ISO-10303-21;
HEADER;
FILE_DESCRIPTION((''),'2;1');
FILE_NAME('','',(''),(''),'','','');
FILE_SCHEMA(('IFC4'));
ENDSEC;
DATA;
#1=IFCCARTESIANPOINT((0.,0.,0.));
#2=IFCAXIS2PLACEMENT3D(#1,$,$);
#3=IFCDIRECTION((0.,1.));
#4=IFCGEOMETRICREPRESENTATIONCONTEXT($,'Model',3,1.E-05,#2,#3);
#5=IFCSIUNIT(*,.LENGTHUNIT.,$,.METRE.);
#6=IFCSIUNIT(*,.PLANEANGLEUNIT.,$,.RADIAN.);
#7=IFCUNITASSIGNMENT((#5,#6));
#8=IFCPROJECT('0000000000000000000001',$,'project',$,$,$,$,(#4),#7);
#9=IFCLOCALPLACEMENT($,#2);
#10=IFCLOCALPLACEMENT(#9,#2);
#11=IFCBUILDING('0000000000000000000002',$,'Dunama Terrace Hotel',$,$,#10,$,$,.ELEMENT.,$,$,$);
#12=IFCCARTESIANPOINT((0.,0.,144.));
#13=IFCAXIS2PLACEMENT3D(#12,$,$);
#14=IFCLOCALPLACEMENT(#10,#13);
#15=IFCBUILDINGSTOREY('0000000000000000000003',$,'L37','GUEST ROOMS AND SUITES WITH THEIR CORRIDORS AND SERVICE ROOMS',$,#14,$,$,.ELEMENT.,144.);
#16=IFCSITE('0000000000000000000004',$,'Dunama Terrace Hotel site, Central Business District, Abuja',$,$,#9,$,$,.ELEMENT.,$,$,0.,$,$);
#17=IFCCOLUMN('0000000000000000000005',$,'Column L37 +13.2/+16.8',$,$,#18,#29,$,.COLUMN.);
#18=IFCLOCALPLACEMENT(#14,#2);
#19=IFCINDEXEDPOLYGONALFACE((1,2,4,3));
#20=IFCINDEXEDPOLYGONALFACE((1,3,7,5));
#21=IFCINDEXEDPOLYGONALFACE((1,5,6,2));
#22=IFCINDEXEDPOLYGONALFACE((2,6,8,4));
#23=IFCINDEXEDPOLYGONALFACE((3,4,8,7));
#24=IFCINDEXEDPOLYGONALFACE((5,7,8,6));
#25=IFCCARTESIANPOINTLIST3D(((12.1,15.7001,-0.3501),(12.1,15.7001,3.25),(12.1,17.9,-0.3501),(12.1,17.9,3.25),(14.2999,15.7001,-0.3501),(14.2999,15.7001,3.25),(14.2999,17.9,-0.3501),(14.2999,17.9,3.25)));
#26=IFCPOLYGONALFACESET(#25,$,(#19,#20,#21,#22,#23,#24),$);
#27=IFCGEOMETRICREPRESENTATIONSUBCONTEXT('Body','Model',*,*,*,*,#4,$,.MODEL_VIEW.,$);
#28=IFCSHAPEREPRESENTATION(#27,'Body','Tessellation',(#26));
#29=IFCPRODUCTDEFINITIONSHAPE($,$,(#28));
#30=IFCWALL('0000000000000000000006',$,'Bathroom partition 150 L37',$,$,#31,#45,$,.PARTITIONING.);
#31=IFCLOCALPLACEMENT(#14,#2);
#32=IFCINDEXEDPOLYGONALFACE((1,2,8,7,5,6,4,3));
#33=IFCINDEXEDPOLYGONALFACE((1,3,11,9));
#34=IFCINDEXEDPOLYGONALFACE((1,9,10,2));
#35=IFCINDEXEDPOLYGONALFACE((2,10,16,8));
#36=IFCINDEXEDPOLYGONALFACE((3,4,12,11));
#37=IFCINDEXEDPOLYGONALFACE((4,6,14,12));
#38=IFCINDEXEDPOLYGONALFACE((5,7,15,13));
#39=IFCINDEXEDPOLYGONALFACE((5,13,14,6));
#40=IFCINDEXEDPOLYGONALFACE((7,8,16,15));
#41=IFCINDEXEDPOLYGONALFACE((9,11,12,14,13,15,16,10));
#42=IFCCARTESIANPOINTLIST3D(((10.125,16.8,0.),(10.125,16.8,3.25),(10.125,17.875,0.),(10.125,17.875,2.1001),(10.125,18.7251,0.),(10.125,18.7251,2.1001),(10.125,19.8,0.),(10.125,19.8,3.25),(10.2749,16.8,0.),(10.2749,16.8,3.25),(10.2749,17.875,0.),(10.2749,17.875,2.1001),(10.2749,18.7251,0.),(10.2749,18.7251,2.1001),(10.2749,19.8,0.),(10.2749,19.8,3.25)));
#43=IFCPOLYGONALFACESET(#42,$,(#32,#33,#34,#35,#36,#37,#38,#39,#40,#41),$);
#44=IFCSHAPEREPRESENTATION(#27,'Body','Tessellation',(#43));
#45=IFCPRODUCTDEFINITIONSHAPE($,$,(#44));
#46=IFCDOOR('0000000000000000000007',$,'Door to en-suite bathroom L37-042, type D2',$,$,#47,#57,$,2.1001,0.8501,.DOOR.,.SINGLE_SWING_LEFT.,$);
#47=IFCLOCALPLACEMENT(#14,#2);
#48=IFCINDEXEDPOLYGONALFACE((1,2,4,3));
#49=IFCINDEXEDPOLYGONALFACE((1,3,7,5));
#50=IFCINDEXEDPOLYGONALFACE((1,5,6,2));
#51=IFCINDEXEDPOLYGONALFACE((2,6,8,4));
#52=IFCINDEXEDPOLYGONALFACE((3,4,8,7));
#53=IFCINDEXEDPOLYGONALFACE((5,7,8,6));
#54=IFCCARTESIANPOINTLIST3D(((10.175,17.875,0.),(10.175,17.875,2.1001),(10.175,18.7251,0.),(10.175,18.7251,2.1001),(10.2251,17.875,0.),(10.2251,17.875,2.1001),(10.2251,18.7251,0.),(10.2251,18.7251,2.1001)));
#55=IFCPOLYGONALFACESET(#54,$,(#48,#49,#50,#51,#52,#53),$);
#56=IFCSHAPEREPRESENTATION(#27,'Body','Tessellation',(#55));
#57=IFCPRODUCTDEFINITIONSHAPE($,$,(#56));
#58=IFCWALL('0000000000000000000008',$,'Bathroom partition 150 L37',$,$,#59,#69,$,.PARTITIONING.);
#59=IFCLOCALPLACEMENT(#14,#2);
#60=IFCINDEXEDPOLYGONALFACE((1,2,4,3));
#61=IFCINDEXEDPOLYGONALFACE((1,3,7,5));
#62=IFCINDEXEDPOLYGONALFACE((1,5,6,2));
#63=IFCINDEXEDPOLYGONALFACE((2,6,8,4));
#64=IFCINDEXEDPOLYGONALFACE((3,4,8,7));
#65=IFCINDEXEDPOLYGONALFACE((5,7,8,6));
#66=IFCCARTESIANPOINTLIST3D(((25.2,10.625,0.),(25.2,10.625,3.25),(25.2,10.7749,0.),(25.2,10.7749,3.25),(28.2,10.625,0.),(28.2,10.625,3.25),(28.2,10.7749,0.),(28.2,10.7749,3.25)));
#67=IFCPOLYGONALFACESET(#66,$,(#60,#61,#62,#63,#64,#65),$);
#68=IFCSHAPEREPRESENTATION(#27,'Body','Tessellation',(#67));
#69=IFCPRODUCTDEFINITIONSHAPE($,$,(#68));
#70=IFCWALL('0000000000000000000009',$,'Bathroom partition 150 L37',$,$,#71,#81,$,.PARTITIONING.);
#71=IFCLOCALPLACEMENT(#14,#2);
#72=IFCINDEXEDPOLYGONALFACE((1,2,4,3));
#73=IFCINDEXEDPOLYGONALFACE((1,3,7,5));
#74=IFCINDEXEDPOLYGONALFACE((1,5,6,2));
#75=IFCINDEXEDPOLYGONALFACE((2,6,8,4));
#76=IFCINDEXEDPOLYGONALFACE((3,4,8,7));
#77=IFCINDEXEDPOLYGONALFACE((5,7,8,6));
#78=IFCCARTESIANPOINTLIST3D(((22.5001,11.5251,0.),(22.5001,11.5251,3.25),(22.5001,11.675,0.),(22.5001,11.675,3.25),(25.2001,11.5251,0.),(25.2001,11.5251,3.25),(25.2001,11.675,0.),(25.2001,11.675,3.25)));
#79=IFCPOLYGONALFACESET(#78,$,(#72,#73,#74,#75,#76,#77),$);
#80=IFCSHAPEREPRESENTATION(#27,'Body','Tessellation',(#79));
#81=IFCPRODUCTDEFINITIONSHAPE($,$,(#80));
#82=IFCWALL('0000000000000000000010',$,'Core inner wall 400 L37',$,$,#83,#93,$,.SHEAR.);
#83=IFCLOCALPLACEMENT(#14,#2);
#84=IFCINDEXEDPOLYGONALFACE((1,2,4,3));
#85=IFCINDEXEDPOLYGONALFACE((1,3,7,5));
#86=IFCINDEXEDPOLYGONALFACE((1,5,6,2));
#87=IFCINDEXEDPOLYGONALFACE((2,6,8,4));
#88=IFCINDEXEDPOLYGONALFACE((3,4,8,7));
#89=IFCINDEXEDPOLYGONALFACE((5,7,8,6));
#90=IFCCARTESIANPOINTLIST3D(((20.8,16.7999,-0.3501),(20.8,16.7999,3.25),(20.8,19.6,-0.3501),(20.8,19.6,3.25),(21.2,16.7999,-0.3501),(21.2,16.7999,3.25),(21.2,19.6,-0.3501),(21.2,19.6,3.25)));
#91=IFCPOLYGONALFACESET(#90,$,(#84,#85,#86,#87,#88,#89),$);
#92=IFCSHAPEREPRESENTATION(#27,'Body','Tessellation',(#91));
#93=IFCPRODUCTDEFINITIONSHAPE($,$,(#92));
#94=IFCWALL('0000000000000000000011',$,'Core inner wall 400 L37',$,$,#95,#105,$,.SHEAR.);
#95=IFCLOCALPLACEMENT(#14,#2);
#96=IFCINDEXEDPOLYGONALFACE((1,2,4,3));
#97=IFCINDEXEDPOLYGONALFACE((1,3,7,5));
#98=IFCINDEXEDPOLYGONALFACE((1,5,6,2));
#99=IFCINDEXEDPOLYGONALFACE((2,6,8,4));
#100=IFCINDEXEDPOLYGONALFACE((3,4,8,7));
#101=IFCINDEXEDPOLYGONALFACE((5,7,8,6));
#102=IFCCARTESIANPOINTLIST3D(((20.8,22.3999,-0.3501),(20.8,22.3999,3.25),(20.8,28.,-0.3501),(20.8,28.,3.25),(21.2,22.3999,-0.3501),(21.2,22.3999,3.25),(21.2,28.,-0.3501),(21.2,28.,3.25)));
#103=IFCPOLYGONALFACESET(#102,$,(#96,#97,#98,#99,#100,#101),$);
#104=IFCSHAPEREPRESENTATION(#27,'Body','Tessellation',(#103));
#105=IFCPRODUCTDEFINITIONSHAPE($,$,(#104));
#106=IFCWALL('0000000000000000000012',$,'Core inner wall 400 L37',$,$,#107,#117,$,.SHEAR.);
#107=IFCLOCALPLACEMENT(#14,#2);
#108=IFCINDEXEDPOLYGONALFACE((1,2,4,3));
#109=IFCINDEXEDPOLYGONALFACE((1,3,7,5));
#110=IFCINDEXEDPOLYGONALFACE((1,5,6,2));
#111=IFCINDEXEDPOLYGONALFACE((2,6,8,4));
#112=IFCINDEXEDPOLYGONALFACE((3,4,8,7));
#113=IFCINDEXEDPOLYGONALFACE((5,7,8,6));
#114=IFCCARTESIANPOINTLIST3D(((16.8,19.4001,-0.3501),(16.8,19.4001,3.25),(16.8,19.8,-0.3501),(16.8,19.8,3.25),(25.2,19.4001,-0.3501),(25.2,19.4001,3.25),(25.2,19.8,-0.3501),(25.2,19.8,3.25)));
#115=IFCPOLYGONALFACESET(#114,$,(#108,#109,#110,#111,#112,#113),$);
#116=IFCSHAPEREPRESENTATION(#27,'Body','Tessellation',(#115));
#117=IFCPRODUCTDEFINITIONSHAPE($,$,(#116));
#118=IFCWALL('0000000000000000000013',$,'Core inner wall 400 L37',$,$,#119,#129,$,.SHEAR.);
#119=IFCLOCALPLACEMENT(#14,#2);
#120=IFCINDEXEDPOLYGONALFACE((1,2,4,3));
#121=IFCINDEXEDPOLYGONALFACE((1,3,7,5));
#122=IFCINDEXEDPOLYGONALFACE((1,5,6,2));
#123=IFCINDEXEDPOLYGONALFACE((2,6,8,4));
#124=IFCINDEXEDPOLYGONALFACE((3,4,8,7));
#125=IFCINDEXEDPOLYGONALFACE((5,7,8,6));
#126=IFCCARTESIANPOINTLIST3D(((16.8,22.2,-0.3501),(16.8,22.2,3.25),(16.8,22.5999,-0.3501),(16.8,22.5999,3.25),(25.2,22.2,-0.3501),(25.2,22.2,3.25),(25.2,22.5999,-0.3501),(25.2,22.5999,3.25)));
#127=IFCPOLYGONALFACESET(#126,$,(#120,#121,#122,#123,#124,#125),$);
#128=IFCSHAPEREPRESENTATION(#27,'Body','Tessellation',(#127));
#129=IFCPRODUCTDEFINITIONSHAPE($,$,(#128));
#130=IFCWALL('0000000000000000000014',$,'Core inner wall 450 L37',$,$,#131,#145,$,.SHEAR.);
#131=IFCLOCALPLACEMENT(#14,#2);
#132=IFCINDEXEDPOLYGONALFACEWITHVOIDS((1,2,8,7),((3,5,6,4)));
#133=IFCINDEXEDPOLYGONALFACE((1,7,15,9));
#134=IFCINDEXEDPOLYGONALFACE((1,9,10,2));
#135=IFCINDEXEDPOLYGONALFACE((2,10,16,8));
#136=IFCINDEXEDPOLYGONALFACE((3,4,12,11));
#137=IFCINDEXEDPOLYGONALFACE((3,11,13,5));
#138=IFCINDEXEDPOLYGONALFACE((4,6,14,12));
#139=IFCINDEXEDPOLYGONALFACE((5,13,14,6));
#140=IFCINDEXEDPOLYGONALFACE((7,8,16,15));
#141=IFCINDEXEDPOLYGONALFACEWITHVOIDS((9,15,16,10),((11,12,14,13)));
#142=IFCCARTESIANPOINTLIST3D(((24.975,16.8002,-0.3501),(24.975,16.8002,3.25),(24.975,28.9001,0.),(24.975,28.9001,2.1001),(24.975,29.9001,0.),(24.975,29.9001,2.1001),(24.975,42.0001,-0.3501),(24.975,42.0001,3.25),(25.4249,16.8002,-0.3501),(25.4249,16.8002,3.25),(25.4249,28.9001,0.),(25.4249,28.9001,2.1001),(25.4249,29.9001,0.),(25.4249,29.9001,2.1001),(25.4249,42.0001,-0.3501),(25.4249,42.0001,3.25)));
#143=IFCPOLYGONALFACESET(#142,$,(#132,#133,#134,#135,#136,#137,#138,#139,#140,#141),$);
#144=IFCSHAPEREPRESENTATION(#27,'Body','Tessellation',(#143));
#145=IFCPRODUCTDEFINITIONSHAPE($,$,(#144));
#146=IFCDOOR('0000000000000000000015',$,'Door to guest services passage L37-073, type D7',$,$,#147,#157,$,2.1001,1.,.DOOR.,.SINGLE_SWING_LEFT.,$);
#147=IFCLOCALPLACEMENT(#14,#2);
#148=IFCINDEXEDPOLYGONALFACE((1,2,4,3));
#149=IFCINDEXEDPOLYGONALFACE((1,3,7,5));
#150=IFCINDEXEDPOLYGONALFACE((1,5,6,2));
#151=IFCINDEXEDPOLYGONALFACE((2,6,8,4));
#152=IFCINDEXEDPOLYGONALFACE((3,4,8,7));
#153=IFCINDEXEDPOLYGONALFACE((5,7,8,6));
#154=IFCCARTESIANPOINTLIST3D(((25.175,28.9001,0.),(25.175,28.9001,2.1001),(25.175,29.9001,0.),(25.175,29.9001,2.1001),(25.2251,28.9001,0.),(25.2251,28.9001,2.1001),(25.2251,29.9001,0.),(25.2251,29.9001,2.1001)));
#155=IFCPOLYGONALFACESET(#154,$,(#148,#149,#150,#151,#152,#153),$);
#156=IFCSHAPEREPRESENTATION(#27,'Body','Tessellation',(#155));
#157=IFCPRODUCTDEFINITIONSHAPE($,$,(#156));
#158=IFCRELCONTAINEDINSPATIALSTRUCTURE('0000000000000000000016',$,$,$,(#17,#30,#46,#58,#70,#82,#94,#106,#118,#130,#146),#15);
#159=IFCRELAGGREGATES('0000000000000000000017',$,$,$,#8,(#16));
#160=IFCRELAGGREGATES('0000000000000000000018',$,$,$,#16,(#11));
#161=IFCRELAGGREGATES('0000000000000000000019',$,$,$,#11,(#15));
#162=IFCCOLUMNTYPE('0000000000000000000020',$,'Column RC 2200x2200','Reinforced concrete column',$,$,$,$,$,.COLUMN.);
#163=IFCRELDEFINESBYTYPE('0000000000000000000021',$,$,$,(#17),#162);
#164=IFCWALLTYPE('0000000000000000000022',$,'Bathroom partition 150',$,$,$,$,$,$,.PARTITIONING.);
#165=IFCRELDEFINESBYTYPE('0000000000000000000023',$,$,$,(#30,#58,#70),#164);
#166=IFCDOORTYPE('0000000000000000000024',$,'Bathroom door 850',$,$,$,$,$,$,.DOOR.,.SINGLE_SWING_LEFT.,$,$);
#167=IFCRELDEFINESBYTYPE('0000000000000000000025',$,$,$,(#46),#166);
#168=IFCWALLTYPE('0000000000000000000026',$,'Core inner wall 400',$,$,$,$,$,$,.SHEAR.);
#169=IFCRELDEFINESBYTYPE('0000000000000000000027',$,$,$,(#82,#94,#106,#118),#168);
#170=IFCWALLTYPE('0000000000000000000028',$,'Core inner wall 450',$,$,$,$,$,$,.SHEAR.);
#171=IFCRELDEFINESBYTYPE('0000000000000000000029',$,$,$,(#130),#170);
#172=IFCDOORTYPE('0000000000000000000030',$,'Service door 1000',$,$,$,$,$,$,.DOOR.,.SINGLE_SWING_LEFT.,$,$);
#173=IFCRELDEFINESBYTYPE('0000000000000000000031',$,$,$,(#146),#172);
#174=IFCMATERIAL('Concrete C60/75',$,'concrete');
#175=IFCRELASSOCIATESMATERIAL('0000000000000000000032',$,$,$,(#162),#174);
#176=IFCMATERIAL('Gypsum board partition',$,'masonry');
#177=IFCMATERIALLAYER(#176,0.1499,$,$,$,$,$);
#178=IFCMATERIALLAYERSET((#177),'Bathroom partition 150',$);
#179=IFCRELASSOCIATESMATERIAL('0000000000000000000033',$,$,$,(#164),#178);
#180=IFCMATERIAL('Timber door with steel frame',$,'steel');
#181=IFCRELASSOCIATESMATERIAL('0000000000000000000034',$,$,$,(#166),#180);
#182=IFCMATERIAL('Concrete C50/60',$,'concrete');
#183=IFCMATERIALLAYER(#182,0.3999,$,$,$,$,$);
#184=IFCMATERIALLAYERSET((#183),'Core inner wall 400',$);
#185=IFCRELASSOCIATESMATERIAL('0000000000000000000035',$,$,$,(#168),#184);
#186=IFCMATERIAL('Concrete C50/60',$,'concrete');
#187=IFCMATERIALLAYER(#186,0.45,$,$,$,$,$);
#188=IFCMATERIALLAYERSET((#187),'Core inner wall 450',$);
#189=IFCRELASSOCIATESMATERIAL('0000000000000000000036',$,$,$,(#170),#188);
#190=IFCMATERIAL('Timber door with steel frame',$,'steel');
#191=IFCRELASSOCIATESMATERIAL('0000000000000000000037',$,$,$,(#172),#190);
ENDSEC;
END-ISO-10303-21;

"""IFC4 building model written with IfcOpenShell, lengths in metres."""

from ifc_helpers import new_model, si_unit, direction, frame, frame_2d, origin, origin_2d, place, context, subcontext, project, spatial, rectangle, extrude, material, layer, layer_set, material_profile, profile_set, type_object, element, fill, save


model = new_model("IFC4")

# Units and contexts
model_context = context("Model", 3, precision=1e-05, world=origin(), true_north=direction((0.0, 1.0)))
body_context = subcontext(model_context, "Body", "Model", "MODEL_VIEW")
ifc_project = project(units=[si_unit("LENGTHUNIT", "METRE"), si_unit("PLANEANGLEUNIT", "RADIAN")], contexts=[model_context])

# Site, building, storey
site_placement = place(None, origin())
site = spatial("IfcSite", under=ifc_project, at=site_placement, Name="Dunama Terrace Hotel site, Central Business District, Abuja", CompositionType="ELEMENT", RefElevation=0.0)
building_placement = place(site_placement, origin())
building = spatial("IfcBuilding", under=site, at=building_placement, Name="Dunama Terrace Hotel", CompositionType="ELEMENT")
storey_placement = place(building_placement, frame((0.0, 0.0, 144.0)))
storey = spatial("IfcBuildingStorey", under=building, at=storey_placement, Name="L37", Description="GUEST ROOMS AND SUITES WITH THEIR CORRIDORS AND SERVICE ROOMS", CompositionType="ELEMENT", Elevation=144.0)

# Column
ifc_material_1 = material(Name="Concrete C60/75", Category="concrete")
ifc_material_profile = material_profile(ifc_material_1, rectangle(XDim=2.2, YDim=2.2, at=origin_2d()), Name="RC 2200x2200")
ifc_profile_set = profile_set([ifc_material_profile], Name="Concrete C60/75")
column_type = type_object("IfcColumnType", Name="Column RC 2200x2200", Description="Reinforced concrete column", PredefinedType="COLUMN", material=ifc_profile_set)
column_placement = place(storey_placement, frame((13.2, 16.8, -0.3501), z_axis=(0.0, 0.0, 1.0), x_axis=(1.0, 0.0, 0.0)))
element("IfcColumn", 1, at=column_placement, inside=storey, type_object=column_type, Name="Column L37 +13.2/+16.8", PredefinedType="COLUMN", context=body_context, shape_type="SweptSolid", body=[
    extrude(rectangle(XDim=2.2, YDim=2.2, at=origin_2d()), origin(), (0.0, 0.0, 1.0), 3.6001),
])

# Wall, opening, door
ifc_material_2 = material(Name="Gypsum board partition", Category="masonry")
ifc_layer_1 = layer(ifc_material_2, 0.1499)
ifc_layer_set_1 = layer_set([ifc_layer_1], Name="Bathroom partition 150")
wall_type_1 = type_object("IfcWallType", Name="Bathroom partition 150", PredefinedType="PARTITIONING", material=ifc_layer_set_1)
wall_1_placement = place(storey_placement, frame((10.2, 16.8, 0.0), z_axis=(0.0, 0.0, 1.0), x_axis=(0.0, 1.0, 0.0)))
wall_1 = element("IfcWall", 2, at=wall_1_placement, inside=storey, type_object=wall_type_1, Name="Bathroom partition 150 L37", PredefinedType="PARTITIONING", context=body_context, shape_type="SweptSolid", body=[
    extrude(rectangle(XDim=3.0, YDim=0.1499, at=frame_2d((1.5, 0.0))), origin(), (0.0, 0.0, 1.0), 3.25),
])
opening_1_placement = place(wall_1_placement, frame((1.075, 0.0, 0.0)))
opening_1 = element("IfcOpeningElement", 3, at=opening_1_placement, cuts=wall_1, PredefinedType="OPENING", context=body_context, shape_type="SweptSolid", body=[
    extrude(rectangle(XDim=0.8501, YDim=2.1001, at=frame_2d((0.425, 1.05))), frame((0.0, 0.085, 0.0), z_axis=(0.0, -1.0, 0.0), x_axis=(1.0, 0.0, 0.0)), (0.0, 0.0, 1.0), 0.1699),
])
ifc_material_3 = material(Name="Timber door with steel frame", Category="steel")
door_type_1 = type_object("IfcDoorType", Name="Bathroom door 850", OperationType="SINGLE_SWING_LEFT", PredefinedType="DOOR", material=ifc_material_3)
door_1_placement = place(opening_1_placement, origin())
door_1 = element("IfcDoor", 4, at=door_1_placement, inside=storey, type_object=door_type_1, Name="Door to en-suite bathroom L37-042, type D2", OperationType="SINGLE_SWING_LEFT", OverallHeight=2.1001, OverallWidth=0.8501, PredefinedType="DOOR", context=body_context, shape_type="SweptSolid", body=[
    extrude(rectangle(XDim=0.8501, YDim=2.1001, at=frame_2d((0.425, 1.05))), frame((0.0, 0.0249, 0.0), z_axis=(0.0, -1.0, 0.0), x_axis=(1.0, 0.0, 0.0)), (0.0, 0.0, 1.0), 0.05),
])
fill(opening_1, door_1)

# Walls
wall_2_placement = place(storey_placement, frame((25.2, 10.7, 0.0), z_axis=(0.0, 0.0, 1.0), x_axis=(1.0, 0.0, 0.0)))
element("IfcWall", 5, at=wall_2_placement, inside=storey, type_object=wall_type_1, Name="Bathroom partition 150 L37", PredefinedType="PARTITIONING", context=body_context, shape_type="SweptSolid", body=[
    extrude(rectangle(XDim=3.0, YDim=0.1499, at=frame_2d((1.5, 0.0))), origin(), (0.0, 0.0, 1.0), 3.25),
])
wall_3_placement = place(storey_placement, frame((22.5, 11.6001, 0.0), z_axis=(0.0, 0.0, 1.0), x_axis=(1.0, 0.0, 0.0)))
element("IfcWall", 6, at=wall_3_placement, inside=storey, type_object=wall_type_1, Name="Bathroom partition 150 L37", PredefinedType="PARTITIONING", context=body_context, shape_type="SweptSolid", body=[
    extrude(rectangle(XDim=2.7, YDim=0.1499, at=frame_2d((1.3501, 0.0))), origin(), (0.0, 0.0, 1.0), 3.25),
])
ifc_material_4 = material(Name="Concrete C50/60", Category="concrete")
ifc_layer_2 = layer(ifc_material_4, 0.3999)
ifc_layer_set_2 = layer_set([ifc_layer_2], Name="Core inner wall 400")
wall_type_2 = type_object("IfcWallType", Name="Core inner wall 400", PredefinedType="SHEAR", material=ifc_layer_set_2)
wall_4_placement = place(storey_placement, frame((21.0, 16.8, -0.3501), z_axis=(0.0, 0.0, 1.0), x_axis=(0.0, 1.0, 0.0)))
element("IfcWall", 7, at=wall_4_placement, inside=storey, type_object=wall_type_2, Name="Core inner wall 400 L37", PredefinedType="SHEAR", context=body_context, shape_type="SweptSolid", body=[
    extrude(rectangle(XDim=2.8, YDim=0.3999, at=frame_2d((1.3999, 0.0))), origin(), (0.0, 0.0, 1.0), 3.6001),
])
wall_5_placement = place(storey_placement, frame((21.0, 22.3999, -0.3501), z_axis=(0.0, 0.0, 1.0), x_axis=(0.0, 1.0, 0.0)))
element("IfcWall", 8, at=wall_5_placement, inside=storey, type_object=wall_type_2, Name="Core inner wall 400 L37", PredefinedType="SHEAR", context=body_context, shape_type="SweptSolid", body=[
    extrude(rectangle(XDim=5.6001, YDim=0.3999, at=frame_2d((2.8, 0.0))), origin(), (0.0, 0.0, 1.0), 3.6001),
])
for number, where, z_axis, x_axis, name in (
    (9, (16.8, 19.6001, -0.3501), (0.0, 0.0, 1.0), (1.0, 0.0, 0.0), "Core inner wall 400 L37"),
    (10, (16.8, 22.3999, -0.3501), (0.0, 0.0, 1.0), (1.0, 0.0, 0.0), "Core inner wall 400 L37"),
):
    element("IfcWall", number, at=place(storey_placement, frame(where, z_axis=z_axis, x_axis=x_axis)), inside=storey, type_object=wall_type_2, Name=name, PredefinedType="SHEAR", context=body_context, shape_type="SweptSolid", body=[
        extrude(rectangle(XDim=8.3999, YDim=0.3999, at=frame_2d((4.2, 0.0))), origin(), (0.0, 0.0, 1.0), 3.6001),
    ])

# Wall, opening, door
ifc_material_5 = material(Name="Concrete C50/60", Category="concrete")
ifc_layer_3 = layer(ifc_material_5, 0.45)
ifc_layer_set_3 = layer_set([ifc_layer_3], Name="Core inner wall 450")
wall_type_3 = type_object("IfcWallType", Name="Core inner wall 450", PredefinedType="SHEAR", material=ifc_layer_set_3)
wall_6_placement = place(storey_placement, frame((25.2, 16.8, -0.3501), z_axis=(0.0, 0.0, 1.0), x_axis=(0.0, 1.0, 0.0)))
wall_6 = element("IfcWall", 11, at=wall_6_placement, inside=storey, type_object=wall_type_3, Name="Core inner wall 450 L37", PredefinedType="SHEAR", context=body_context, shape_type="SweptSolid", body=[
    extrude(rectangle(XDim=25.2, YDim=0.45, at=frame_2d((12.6001, 0.0))), origin(), (0.0, 0.0, 1.0), 3.6001),
])
opening_2_placement = place(wall_6_placement, frame((12.1001, 0.0, 0.3501)))
opening_2 = element("IfcOpeningElement", 12, at=opening_2_placement, cuts=wall_6, PredefinedType="OPENING", context=body_context, shape_type="SweptSolid", body=[
    extrude(rectangle(XDim=1.0, YDim=2.1001, at=frame_2d((0.5, 1.05))), frame((0.0, 0.2349, 0.0), z_axis=(0.0, -1.0, 0.0), x_axis=(1.0, 0.0, 0.0)), (0.0, 0.0, 1.0), 0.47),
])
ifc_material_6 = material(Name="Timber door with steel frame", Category="steel")
door_type_2 = type_object("IfcDoorType", Name="Service door 1000", OperationType="SINGLE_SWING_LEFT", PredefinedType="DOOR", material=ifc_material_6)
door_2_placement = place(opening_2_placement, origin())
door_2 = element("IfcDoor", 13, at=door_2_placement, inside=storey, type_object=door_type_2, Name="Door to guest services passage L37-073, type D7", OperationType="SINGLE_SWING_LEFT", OverallHeight=2.1001, OverallWidth=1.0, PredefinedType="DOOR", context=body_context, shape_type="SweptSolid", body=[
    extrude(rectangle(XDim=1.0, YDim=2.1001, at=frame_2d((0.5, 1.05))), frame((0.0, 0.0249, 0.0), z_axis=(0.0, -1.0, 0.0), x_axis=(1.0, 0.0, 0.0)), (0.0, 0.0, 1.0), 0.05),
])
fill(opening_2, door_2)

save(model, "model.ifc")
